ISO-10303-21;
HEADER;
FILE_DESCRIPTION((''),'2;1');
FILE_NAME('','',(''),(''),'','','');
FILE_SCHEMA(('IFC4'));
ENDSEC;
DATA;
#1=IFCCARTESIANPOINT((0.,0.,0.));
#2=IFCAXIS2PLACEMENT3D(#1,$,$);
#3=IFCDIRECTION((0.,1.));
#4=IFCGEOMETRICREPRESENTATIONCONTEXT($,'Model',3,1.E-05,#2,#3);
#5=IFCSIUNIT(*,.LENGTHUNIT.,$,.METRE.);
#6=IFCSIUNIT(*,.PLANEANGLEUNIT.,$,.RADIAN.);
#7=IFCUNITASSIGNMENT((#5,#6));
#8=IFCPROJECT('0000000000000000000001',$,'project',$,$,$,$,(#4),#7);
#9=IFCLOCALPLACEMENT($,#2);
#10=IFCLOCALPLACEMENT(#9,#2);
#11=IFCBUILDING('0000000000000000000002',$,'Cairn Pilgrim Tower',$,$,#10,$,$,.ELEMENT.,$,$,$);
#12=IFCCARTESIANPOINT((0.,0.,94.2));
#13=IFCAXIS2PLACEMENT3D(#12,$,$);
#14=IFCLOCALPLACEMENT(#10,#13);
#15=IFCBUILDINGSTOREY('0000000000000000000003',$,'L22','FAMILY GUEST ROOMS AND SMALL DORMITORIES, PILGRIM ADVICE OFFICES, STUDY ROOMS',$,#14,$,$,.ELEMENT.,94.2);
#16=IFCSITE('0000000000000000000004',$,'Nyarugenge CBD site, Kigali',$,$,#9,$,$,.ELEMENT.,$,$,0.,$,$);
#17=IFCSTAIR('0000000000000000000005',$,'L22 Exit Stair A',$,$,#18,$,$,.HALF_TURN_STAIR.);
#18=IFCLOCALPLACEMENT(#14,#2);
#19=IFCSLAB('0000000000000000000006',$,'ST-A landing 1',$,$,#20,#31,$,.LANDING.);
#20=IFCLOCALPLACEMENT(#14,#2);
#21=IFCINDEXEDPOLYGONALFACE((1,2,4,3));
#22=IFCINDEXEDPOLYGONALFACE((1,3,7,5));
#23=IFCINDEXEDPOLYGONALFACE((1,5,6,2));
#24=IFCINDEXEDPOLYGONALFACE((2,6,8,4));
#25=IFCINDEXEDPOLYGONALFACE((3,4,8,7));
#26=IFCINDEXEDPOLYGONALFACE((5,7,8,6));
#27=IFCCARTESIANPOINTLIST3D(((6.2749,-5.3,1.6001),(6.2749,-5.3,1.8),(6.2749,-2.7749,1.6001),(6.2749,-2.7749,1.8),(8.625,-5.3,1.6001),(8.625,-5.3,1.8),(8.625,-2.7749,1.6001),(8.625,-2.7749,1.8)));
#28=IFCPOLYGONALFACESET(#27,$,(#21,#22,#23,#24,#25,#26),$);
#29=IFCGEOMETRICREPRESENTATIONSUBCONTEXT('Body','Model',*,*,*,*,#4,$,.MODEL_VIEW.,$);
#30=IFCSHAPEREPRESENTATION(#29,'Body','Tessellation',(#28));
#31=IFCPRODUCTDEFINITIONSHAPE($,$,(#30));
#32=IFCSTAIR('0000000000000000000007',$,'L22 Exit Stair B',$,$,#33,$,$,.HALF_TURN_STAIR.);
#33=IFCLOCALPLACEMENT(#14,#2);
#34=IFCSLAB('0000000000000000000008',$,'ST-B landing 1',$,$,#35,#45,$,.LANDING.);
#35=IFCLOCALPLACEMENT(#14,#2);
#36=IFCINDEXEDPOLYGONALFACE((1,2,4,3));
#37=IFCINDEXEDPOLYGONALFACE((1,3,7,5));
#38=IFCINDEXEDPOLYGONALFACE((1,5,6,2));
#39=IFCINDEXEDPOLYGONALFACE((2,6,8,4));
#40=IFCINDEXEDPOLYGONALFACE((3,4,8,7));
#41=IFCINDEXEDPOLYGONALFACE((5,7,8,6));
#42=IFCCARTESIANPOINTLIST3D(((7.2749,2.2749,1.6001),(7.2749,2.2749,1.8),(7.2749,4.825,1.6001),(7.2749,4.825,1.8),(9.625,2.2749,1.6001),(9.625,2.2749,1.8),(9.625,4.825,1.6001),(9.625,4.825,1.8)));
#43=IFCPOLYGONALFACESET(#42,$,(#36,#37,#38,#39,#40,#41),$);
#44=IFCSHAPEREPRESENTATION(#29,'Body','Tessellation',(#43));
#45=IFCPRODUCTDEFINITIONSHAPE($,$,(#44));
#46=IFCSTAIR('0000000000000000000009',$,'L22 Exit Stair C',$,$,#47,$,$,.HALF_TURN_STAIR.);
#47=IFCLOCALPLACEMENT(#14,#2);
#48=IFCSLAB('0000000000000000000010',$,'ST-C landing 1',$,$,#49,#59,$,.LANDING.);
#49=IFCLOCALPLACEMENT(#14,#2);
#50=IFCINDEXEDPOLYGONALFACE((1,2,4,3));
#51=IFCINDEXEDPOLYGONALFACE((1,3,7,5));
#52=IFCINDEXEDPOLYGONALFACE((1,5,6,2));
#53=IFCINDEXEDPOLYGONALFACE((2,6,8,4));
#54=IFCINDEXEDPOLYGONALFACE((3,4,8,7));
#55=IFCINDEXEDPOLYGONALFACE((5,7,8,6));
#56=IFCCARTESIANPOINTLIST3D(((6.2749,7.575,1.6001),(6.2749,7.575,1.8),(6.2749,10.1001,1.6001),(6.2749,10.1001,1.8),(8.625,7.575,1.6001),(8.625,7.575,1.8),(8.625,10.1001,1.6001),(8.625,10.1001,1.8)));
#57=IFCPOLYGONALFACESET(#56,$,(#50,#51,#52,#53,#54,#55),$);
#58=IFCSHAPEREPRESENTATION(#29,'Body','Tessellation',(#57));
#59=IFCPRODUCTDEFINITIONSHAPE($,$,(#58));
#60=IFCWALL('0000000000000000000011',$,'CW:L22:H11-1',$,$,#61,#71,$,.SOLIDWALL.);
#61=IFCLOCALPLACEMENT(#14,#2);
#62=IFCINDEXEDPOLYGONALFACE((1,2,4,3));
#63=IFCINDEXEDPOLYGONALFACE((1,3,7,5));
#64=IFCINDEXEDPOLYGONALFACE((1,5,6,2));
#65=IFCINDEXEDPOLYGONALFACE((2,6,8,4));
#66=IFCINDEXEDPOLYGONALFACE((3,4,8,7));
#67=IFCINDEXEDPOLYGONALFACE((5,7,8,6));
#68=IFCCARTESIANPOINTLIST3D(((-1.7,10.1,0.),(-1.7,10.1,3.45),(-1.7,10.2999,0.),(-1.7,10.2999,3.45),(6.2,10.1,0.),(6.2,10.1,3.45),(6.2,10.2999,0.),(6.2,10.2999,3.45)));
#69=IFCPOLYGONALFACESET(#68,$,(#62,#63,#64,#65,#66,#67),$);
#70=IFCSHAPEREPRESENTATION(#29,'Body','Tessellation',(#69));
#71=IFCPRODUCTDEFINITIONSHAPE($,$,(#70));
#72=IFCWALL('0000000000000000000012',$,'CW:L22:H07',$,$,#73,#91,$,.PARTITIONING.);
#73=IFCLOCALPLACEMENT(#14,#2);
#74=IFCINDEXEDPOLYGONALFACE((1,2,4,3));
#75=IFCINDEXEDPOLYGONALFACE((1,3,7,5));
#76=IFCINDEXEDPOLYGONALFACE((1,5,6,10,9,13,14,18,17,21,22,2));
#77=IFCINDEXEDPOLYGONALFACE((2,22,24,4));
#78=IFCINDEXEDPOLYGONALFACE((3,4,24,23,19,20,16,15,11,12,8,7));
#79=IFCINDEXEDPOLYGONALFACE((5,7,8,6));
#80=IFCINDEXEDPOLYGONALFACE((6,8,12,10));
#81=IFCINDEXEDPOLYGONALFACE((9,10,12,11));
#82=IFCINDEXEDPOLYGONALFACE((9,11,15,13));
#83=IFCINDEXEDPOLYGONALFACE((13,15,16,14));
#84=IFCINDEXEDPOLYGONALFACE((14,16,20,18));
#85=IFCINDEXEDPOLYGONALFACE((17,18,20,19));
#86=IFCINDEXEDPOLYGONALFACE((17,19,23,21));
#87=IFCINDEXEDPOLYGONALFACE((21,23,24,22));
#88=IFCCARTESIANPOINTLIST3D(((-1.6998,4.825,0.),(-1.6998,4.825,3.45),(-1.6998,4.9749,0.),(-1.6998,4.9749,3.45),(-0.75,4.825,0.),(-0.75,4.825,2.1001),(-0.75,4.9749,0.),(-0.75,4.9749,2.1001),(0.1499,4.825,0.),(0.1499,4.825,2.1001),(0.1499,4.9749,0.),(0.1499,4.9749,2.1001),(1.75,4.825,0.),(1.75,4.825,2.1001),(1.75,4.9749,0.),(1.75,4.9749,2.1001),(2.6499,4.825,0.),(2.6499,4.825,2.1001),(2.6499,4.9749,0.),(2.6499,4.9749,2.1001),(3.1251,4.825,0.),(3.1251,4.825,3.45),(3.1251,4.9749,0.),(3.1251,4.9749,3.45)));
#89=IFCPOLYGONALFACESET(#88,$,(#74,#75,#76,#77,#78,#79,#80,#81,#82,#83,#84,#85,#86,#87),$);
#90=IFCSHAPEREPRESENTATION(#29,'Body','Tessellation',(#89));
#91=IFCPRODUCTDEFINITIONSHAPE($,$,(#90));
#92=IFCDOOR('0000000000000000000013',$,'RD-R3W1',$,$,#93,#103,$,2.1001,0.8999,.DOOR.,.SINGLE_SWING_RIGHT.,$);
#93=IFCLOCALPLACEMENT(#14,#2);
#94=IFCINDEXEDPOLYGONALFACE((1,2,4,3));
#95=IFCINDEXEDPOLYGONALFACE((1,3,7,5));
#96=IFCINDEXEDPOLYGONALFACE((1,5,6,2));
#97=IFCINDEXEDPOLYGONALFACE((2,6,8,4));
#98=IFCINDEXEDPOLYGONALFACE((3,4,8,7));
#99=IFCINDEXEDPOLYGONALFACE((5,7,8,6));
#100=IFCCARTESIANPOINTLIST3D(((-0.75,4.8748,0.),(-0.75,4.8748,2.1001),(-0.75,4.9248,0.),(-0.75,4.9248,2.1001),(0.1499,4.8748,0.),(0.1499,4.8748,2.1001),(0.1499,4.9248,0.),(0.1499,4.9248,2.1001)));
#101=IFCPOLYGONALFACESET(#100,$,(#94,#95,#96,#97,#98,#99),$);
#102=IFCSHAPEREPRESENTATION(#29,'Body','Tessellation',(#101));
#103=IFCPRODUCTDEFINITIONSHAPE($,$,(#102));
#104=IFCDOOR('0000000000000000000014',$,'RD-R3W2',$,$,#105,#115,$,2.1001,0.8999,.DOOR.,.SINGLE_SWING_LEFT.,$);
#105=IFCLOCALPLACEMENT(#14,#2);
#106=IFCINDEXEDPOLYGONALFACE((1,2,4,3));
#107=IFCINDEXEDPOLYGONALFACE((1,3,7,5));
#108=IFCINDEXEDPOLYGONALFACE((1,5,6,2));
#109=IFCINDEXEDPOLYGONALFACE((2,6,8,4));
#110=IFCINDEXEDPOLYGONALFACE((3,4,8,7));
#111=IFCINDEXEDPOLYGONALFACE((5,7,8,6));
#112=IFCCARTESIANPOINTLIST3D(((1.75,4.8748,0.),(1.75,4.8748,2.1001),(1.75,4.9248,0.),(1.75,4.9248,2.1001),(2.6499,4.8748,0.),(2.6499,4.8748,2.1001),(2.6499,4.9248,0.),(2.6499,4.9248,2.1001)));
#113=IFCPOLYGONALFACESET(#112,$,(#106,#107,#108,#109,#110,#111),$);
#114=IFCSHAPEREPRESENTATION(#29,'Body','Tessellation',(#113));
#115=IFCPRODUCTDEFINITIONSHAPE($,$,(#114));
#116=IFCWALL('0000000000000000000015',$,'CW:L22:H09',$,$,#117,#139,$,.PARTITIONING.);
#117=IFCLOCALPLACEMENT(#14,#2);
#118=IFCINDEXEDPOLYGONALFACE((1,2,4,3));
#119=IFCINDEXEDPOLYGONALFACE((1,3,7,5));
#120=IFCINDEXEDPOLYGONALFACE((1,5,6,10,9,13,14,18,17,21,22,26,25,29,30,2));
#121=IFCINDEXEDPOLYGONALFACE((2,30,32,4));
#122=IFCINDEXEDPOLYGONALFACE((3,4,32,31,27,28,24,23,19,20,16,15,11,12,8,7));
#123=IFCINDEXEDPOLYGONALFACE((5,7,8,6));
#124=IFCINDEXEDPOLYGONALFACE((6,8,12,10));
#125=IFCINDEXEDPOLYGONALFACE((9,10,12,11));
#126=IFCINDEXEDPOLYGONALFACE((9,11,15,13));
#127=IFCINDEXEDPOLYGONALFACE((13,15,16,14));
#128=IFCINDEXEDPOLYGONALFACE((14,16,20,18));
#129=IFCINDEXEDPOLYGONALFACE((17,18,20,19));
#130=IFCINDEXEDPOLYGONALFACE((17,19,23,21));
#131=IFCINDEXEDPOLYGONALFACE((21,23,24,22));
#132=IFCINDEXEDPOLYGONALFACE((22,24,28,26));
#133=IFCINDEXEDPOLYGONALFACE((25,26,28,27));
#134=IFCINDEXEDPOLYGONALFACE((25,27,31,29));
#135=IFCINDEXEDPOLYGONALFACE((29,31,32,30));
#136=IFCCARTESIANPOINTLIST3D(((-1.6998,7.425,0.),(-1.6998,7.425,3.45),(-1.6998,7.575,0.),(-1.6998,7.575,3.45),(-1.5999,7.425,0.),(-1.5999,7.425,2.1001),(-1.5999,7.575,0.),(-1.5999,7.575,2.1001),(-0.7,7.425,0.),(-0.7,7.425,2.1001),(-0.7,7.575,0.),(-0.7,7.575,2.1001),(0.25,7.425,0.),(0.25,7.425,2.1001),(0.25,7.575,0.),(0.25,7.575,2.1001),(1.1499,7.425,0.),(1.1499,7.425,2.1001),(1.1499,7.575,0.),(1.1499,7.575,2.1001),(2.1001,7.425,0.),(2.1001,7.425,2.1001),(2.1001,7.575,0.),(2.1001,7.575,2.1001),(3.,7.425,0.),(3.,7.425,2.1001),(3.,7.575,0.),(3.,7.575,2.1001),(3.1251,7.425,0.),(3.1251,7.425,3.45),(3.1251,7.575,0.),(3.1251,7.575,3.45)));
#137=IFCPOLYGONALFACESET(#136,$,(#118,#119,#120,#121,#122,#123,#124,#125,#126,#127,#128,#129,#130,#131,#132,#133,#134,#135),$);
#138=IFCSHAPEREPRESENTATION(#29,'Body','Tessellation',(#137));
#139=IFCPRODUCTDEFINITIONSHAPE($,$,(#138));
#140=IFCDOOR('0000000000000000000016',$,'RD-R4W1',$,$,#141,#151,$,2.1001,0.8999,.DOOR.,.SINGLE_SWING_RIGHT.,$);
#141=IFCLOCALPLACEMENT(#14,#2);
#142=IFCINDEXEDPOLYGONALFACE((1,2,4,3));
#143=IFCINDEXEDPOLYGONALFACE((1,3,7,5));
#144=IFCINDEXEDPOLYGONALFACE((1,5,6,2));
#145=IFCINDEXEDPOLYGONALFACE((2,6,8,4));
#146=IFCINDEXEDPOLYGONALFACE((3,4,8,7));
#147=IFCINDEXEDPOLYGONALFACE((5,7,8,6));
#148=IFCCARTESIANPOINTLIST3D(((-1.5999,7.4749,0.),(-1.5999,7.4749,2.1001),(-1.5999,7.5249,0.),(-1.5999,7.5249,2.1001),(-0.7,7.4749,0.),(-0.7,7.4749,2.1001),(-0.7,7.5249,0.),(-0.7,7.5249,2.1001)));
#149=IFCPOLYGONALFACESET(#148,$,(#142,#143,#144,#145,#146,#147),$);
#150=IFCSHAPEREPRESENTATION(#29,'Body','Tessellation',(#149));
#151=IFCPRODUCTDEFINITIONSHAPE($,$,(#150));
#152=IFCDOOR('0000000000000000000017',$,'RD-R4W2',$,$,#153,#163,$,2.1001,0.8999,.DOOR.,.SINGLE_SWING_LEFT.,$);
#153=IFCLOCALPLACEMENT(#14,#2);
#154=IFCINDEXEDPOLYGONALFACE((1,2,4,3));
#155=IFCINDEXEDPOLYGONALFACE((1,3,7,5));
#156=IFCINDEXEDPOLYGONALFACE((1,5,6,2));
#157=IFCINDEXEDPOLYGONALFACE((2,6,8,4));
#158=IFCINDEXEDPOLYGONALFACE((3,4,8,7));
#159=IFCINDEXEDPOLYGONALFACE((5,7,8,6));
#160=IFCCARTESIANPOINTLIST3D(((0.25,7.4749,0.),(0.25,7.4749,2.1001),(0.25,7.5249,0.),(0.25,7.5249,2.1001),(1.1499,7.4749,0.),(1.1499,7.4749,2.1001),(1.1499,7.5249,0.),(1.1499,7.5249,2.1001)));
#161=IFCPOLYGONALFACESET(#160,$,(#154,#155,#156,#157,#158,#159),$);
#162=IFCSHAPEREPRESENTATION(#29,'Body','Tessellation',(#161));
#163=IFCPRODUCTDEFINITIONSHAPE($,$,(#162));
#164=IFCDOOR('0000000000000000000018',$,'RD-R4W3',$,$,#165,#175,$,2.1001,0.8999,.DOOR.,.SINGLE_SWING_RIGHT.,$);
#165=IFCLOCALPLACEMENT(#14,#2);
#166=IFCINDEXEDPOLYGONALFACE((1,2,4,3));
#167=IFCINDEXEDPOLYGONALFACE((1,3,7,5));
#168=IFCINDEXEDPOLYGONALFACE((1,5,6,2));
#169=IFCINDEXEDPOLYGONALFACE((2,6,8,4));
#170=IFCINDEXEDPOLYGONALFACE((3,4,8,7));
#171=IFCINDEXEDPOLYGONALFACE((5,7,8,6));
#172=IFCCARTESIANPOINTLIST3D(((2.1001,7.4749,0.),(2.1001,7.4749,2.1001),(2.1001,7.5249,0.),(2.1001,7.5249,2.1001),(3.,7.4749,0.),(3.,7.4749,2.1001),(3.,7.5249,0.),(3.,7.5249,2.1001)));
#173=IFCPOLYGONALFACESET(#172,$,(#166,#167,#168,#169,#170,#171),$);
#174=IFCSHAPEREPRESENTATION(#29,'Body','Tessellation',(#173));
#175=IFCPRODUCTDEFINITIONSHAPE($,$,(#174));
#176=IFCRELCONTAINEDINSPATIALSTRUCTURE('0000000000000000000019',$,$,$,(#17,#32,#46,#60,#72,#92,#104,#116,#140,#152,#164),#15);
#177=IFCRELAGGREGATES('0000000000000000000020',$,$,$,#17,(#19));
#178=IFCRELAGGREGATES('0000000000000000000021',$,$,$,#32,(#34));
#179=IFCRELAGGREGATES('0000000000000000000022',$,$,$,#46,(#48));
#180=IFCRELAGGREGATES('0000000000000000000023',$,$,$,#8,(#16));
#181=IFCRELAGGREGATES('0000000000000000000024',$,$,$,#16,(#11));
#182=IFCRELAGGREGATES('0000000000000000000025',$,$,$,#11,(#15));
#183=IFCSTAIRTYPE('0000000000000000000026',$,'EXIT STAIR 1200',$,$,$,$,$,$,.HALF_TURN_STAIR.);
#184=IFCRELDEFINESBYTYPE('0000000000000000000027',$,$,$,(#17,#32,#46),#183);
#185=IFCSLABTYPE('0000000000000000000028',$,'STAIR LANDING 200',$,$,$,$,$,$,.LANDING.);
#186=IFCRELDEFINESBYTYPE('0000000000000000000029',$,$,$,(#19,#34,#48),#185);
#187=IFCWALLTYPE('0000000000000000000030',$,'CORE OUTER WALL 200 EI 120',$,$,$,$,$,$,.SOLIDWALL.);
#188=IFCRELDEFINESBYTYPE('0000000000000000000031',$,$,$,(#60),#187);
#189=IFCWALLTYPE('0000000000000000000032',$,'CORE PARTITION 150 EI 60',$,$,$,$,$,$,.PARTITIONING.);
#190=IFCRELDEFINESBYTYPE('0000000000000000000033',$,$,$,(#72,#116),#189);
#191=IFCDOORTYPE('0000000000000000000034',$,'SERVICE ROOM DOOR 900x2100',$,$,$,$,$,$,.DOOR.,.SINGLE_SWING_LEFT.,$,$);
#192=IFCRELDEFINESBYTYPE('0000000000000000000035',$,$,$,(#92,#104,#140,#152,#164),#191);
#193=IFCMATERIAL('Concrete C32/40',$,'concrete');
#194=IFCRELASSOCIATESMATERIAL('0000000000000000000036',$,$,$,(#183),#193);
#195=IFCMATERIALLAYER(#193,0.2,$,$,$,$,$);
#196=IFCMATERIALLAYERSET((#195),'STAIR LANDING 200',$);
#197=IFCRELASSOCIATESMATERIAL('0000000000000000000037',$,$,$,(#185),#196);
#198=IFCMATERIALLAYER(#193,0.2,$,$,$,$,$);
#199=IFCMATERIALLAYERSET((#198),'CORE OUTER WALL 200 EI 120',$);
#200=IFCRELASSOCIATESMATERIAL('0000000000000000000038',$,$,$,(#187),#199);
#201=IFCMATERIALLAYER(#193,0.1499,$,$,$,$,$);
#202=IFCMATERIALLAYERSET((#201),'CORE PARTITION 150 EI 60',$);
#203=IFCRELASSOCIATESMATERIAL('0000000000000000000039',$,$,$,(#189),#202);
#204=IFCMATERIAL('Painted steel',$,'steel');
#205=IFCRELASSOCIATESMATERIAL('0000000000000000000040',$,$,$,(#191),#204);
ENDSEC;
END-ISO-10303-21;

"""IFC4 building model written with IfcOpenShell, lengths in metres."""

from ifc_helpers import new_model, si_unit, direction, frame, frame_2d, origin, place, context, subcontext, project, spatial, polyline, rectangle, outline, extrude, material, layer, layer_set, type_object, element, fill, aggregate, save


model = new_model("IFC4")

# Units and contexts
model_context = context("Model", 3, precision=1e-05, world=origin(), true_north=direction((0.0, 1.0)))
body_context = subcontext(model_context, "Body", "Model", "MODEL_VIEW")
ifc_project = project(units=[si_unit("LENGTHUNIT", "METRE"), si_unit("PLANEANGLEUNIT", "RADIAN")], contexts=[model_context])

# Site, building, storey
site_placement = place(None, origin())
site = spatial("IfcSite", under=ifc_project, at=site_placement, Name="Nyarugenge CBD site, Kigali", CompositionType="ELEMENT", RefElevation=0.0)
building_placement = place(site_placement, origin())
building = spatial("IfcBuilding", under=site, at=building_placement, Name="Cairn Pilgrim Tower", CompositionType="ELEMENT")
storey_placement = place(building_placement, frame((0.0, 0.0, 94.2)))
storey = spatial("IfcBuildingStorey", under=building, at=storey_placement, Name="L22", Description="FAMILY GUEST ROOMS AND SMALL DORMITORIES, PILGRIM ADVICE OFFICES, STUDY ROOMS", CompositionType="ELEMENT", Elevation=94.2)

# Stairs, slabs
ifc_material_1 = material(Name="Concrete C32/40", Category="concrete")
stair_type = type_object("IfcStairType", Name="EXIT STAIR 1200", PredefinedType="HALF_TURN_STAIR", material=ifc_material_1)
stair_1_placement = place(storey_placement, origin())
stair_1 = element("IfcStair", 1, at=stair_1_placement, inside=storey, type_object=stair_type, Name="L22 Exit Stair A", PredefinedType="HALF_TURN_STAIR")
ifc_layer_1 = layer(ifc_material_1, 0.2)
ifc_layer_set_1 = layer_set([ifc_layer_1], Name="STAIR LANDING 200")
slab_type_1 = type_object("IfcSlabType", Name="STAIR LANDING 200", PredefinedType="LANDING", material=ifc_layer_set_1)
slab_1_placement = place(storey_placement, frame((0.0, 0.0, 1.6001)))
slab_1 = element("IfcSlab", 2, at=slab_1_placement, type_object=slab_type_1, Name="ST-A landing 1", PredefinedType="LANDING", context=body_context, shape_type="SweptSolid", body=[
    extrude(outline(polyline([(8.625, -2.7749), (6.2749, -2.7749), (6.2749, -5.3), (8.625, -5.3), (8.625, -2.7749)])), origin(), (0.0, 0.0, 1.0), 0.2),
])
aggregate(stair_1, [slab_1])
stair_2_placement = place(storey_placement, origin())
stair_2 = element("IfcStair", 3, at=stair_2_placement, inside=storey, type_object=stair_type, Name="L22 Exit Stair B", PredefinedType="HALF_TURN_STAIR")
slab_2_placement = place(storey_placement, frame((0.0, 0.0, 1.6001)))
slab_2 = element("IfcSlab", 4, at=slab_2_placement, type_object=slab_type_1, Name="ST-B landing 1", PredefinedType="LANDING", context=body_context, shape_type="SweptSolid", body=[
    extrude(outline(polyline([(7.2749, 2.2749), (9.625, 2.2749), (9.625, 4.825), (7.2749, 4.825), (7.2749, 2.2749)])), origin(), (0.0, 0.0, 1.0), 0.2),
])
aggregate(stair_2, [slab_2])
stair_3_placement = place(storey_placement, origin())
stair_3 = element("IfcStair", 5, at=stair_3_placement, inside=storey, type_object=stair_type, Name="L22 Exit Stair C", PredefinedType="HALF_TURN_STAIR")
slab_3_placement = place(storey_placement, frame((0.0, 0.0, 1.6001)))
slab_3 = element("IfcSlab", 6, at=slab_3_placement, type_object=slab_type_1, Name="ST-C landing 1", PredefinedType="LANDING", context=body_context, shape_type="SweptSolid", body=[
    extrude(outline(polyline([(8.625, 10.1001), (6.2749, 10.1001), (6.2749, 7.575), (8.625, 7.575), (8.625, 10.1001)])), origin(), (0.0, 0.0, 1.0), 0.2),
])
aggregate(stair_3, [slab_3])

# Wall
ifc_layer_2 = layer(ifc_material_1, 0.2)
ifc_layer_set_2 = layer_set([ifc_layer_2], Name="CORE OUTER WALL 200 EI 120")
wall_type_1 = type_object("IfcWallType", Name="CORE OUTER WALL 200 EI 120", PredefinedType="SOLIDWALL", material=ifc_layer_set_2)
wall_1_placement = place(storey_placement, frame((-1.7, 10.2, 0.0), z_axis=(0.0, 0.0, 1.0), x_axis=(1.0, 0.0, 0.0)))
element("IfcWall", 7, at=wall_1_placement, inside=storey, type_object=wall_type_1, Name="CW:L22:H11-1", PredefinedType="SOLIDWALL", context=body_context, shape_type="SweptSolid", body=[
    extrude(rectangle(XDim=7.8999, YDim=0.2, at=frame_2d((3.95, 0.0))), origin(), (0.0, 0.0, 1.0), 3.45),
])

# Walls, openings, doors
ifc_layer_3 = layer(ifc_material_1, 0.1499)
ifc_layer_set_3 = layer_set([ifc_layer_3], Name="CORE PARTITION 150 EI 60")
wall_type_2 = type_object("IfcWallType", Name="CORE PARTITION 150 EI 60", PredefinedType="PARTITIONING", material=ifc_layer_set_3)
wall_2_placement = place(storey_placement, frame((-1.7, 4.8999, 0.0), z_axis=(0.0, 0.0, 1.0), x_axis=(1.0, 0.0, 0.0)))
wall_2 = element("IfcWall", 8, at=wall_2_placement, inside=storey, type_object=wall_type_2, Name="CW:L22:H07", PredefinedType="PARTITIONING", context=body_context, shape_type="SweptSolid", body=[
    extrude(rectangle(XDim=4.825, YDim=0.1499, at=frame_2d((2.4126, 0.0))), origin(), (0.0, 0.0, 1.0), 3.45),
])
opening_1_placement = place(wall_2_placement, frame((0.95, 0.0, 0.0)))
opening_1 = element("IfcOpeningElement", 9, at=opening_1_placement, cuts=wall_2, PredefinedType="OPENING", context=body_context, shape_type="SweptSolid", body=[
    extrude(rectangle(XDim=0.8999, YDim=2.1001, at=frame_2d((0.45, 1.05))), frame((0.0, 0.085, 0.0), z_axis=(0.0, -1.0, 0.0), x_axis=(1.0, 0.0, 0.0)), (0.0, 0.0, 1.0), 0.1699),
])
opening_2_placement = place(wall_2_placement, frame((3.45, 0.0, 0.0)))
opening_2 = element("IfcOpeningElement", 10, at=opening_2_placement, cuts=wall_2, PredefinedType="OPENING", context=body_context, shape_type="SweptSolid", body=[
    extrude(rectangle(XDim=0.8999, YDim=2.1001, at=frame_2d((0.45, 1.05))), frame((0.0, 0.085, 0.0), z_axis=(0.0, -1.0, 0.0), x_axis=(1.0, 0.0, 0.0)), (0.0, 0.0, 1.0), 0.1699),
])
ifc_material_2 = material(Name="Painted steel", Category="steel")
door_type = type_object("IfcDoorType", Name="SERVICE ROOM DOOR 900x2100", OperationType="SINGLE_SWING_LEFT", PredefinedType="DOOR", material=ifc_material_2)
door_1_placement = place(opening_1_placement, origin())
door_1 = element("IfcDoor", 11, at=door_1_placement, inside=storey, type_object=door_type, Name="RD-R3W1", OperationType="SINGLE_SWING_RIGHT", OverallHeight=2.1001, OverallWidth=0.8999, PredefinedType="DOOR", context=body_context, shape_type="SweptSolid", body=[
    extrude(rectangle(XDim=0.8999, YDim=2.1001, at=frame_2d((0.45, 1.05))), frame((0.0, 0.0249, 0.0), z_axis=(0.0, -1.0, 0.0), x_axis=(1.0, 0.0, 0.0)), (0.0, 0.0, 1.0), 0.05),
])
fill(opening_1, door_1)
door_2_placement = place(opening_2_placement, origin())
door_2 = element("IfcDoor", 12, at=door_2_placement, inside=storey, type_object=door_type, Name="RD-R3W2", OperationType="SINGLE_SWING_LEFT", OverallHeight=2.1001, OverallWidth=0.8999, PredefinedType="DOOR", context=body_context, shape_type="SweptSolid", body=[
    extrude(rectangle(XDim=0.8999, YDim=2.1001, at=frame_2d((0.45, 1.05))), frame((0.0, 0.0249, 0.0), z_axis=(0.0, -1.0, 0.0), x_axis=(1.0, 0.0, 0.0)), (0.0, 0.0, 1.0), 0.05),
])
fill(opening_2, door_2)
wall_3_placement = place(storey_placement, frame((-1.7, 7.5, 0.0), z_axis=(0.0, 0.0, 1.0), x_axis=(1.0, 0.0, 0.0)))
wall_3 = element("IfcWall", 13, at=wall_3_placement, inside=storey, type_object=wall_type_2, Name="CW:L22:H09", PredefinedType="PARTITIONING", context=body_context, shape_type="SweptSolid", body=[
    extrude(rectangle(XDim=4.825, YDim=0.1499, at=frame_2d((2.4126, 0.0))), origin(), (0.0, 0.0, 1.0), 3.45),
])
opening_3_placement = place(wall_3_placement, frame((0.1001, 0.0, 0.0)))
opening_3 = element("IfcOpeningElement", 14, at=opening_3_placement, cuts=wall_3, PredefinedType="OPENING", context=body_context, shape_type="SweptSolid", body=[
    extrude(rectangle(XDim=0.8999, YDim=2.1001, at=frame_2d((0.45, 1.05))), frame((0.0, 0.085, 0.0), z_axis=(0.0, -1.0, 0.0), x_axis=(1.0, 0.0, 0.0)), (0.0, 0.0, 1.0), 0.1699),
])
opening_4_placement = place(wall_3_placement, frame((1.95, 0.0, 0.0)))
opening_4 = element("IfcOpeningElement", 15, at=opening_4_placement, cuts=wall_3, PredefinedType="OPENING", context=body_context, shape_type="SweptSolid", body=[
    extrude(rectangle(XDim=0.8999, YDim=2.1001, at=frame_2d((0.45, 1.05))), frame((0.0, 0.085, 0.0), z_axis=(0.0, -1.0, 0.0), x_axis=(1.0, 0.0, 0.0)), (0.0, 0.0, 1.0), 0.1699),
])
opening_5_placement = place(wall_3_placement, frame((3.8, 0.0, 0.0)))
opening_5 = element("IfcOpeningElement", 16, at=opening_5_placement, cuts=wall_3, PredefinedType="OPENING", context=body_context, shape_type="SweptSolid", body=[
    extrude(rectangle(XDim=0.8999, YDim=2.1001, at=frame_2d((0.45, 1.05))), frame((0.0, 0.085, 0.0), z_axis=(0.0, -1.0, 0.0), x_axis=(1.0, 0.0, 0.0)), (0.0, 0.0, 1.0), 0.1699),
])
door_3_placement = place(opening_3_placement, origin())
door_3 = element("IfcDoor", 17, at=door_3_placement, inside=storey, type_object=door_type, Name="RD-R4W1", OperationType="SINGLE_SWING_RIGHT", OverallHeight=2.1001, OverallWidth=0.8999, PredefinedType="DOOR", context=body_context, shape_type="SweptSolid", body=[
    extrude(rectangle(XDim=0.8999, YDim=2.1001, at=frame_2d((0.45, 1.05))), frame((0.0, 0.0249, 0.0), z_axis=(0.0, -1.0, 0.0), x_axis=(1.0, 0.0, 0.0)), (0.0, 0.0, 1.0), 0.05),
])
fill(opening_3, door_3)
door_4_placement = place(opening_4_placement, origin())
door_4 = element("IfcDoor", 18, at=door_4_placement, inside=storey, type_object=door_type, Name="RD-R4W2", OperationType="SINGLE_SWING_LEFT", OverallHeight=2.1001, OverallWidth=0.8999, PredefinedType="DOOR", context=body_context, shape_type="SweptSolid", body=[
    extrude(rectangle(XDim=0.8999, YDim=2.1001, at=frame_2d((0.45, 1.05))), frame((0.0, 0.0249, 0.0), z_axis=(0.0, -1.0, 0.0), x_axis=(1.0, 0.0, 0.0)), (0.0, 0.0, 1.0), 0.05),
])
fill(opening_4, door_4)
door_5_placement = place(opening_5_placement, origin())
door_5 = element("IfcDoor", 19, at=door_5_placement, inside=storey, type_object=door_type, Name="RD-R4W3", OperationType="SINGLE_SWING_RIGHT", OverallHeight=2.1001, OverallWidth=0.8999, PredefinedType="DOOR", context=body_context, shape_type="SweptSolid", body=[
    extrude(rectangle(XDim=0.8999, YDim=2.1001, at=frame_2d((0.45, 1.05))), frame((0.0, 0.0249, 0.0), z_axis=(0.0, -1.0, 0.0), x_axis=(1.0, 0.0, 0.0)), (0.0, 0.0, 1.0), 0.05),
])
fill(opening_5, door_5)

save(model, "model.ifc")
